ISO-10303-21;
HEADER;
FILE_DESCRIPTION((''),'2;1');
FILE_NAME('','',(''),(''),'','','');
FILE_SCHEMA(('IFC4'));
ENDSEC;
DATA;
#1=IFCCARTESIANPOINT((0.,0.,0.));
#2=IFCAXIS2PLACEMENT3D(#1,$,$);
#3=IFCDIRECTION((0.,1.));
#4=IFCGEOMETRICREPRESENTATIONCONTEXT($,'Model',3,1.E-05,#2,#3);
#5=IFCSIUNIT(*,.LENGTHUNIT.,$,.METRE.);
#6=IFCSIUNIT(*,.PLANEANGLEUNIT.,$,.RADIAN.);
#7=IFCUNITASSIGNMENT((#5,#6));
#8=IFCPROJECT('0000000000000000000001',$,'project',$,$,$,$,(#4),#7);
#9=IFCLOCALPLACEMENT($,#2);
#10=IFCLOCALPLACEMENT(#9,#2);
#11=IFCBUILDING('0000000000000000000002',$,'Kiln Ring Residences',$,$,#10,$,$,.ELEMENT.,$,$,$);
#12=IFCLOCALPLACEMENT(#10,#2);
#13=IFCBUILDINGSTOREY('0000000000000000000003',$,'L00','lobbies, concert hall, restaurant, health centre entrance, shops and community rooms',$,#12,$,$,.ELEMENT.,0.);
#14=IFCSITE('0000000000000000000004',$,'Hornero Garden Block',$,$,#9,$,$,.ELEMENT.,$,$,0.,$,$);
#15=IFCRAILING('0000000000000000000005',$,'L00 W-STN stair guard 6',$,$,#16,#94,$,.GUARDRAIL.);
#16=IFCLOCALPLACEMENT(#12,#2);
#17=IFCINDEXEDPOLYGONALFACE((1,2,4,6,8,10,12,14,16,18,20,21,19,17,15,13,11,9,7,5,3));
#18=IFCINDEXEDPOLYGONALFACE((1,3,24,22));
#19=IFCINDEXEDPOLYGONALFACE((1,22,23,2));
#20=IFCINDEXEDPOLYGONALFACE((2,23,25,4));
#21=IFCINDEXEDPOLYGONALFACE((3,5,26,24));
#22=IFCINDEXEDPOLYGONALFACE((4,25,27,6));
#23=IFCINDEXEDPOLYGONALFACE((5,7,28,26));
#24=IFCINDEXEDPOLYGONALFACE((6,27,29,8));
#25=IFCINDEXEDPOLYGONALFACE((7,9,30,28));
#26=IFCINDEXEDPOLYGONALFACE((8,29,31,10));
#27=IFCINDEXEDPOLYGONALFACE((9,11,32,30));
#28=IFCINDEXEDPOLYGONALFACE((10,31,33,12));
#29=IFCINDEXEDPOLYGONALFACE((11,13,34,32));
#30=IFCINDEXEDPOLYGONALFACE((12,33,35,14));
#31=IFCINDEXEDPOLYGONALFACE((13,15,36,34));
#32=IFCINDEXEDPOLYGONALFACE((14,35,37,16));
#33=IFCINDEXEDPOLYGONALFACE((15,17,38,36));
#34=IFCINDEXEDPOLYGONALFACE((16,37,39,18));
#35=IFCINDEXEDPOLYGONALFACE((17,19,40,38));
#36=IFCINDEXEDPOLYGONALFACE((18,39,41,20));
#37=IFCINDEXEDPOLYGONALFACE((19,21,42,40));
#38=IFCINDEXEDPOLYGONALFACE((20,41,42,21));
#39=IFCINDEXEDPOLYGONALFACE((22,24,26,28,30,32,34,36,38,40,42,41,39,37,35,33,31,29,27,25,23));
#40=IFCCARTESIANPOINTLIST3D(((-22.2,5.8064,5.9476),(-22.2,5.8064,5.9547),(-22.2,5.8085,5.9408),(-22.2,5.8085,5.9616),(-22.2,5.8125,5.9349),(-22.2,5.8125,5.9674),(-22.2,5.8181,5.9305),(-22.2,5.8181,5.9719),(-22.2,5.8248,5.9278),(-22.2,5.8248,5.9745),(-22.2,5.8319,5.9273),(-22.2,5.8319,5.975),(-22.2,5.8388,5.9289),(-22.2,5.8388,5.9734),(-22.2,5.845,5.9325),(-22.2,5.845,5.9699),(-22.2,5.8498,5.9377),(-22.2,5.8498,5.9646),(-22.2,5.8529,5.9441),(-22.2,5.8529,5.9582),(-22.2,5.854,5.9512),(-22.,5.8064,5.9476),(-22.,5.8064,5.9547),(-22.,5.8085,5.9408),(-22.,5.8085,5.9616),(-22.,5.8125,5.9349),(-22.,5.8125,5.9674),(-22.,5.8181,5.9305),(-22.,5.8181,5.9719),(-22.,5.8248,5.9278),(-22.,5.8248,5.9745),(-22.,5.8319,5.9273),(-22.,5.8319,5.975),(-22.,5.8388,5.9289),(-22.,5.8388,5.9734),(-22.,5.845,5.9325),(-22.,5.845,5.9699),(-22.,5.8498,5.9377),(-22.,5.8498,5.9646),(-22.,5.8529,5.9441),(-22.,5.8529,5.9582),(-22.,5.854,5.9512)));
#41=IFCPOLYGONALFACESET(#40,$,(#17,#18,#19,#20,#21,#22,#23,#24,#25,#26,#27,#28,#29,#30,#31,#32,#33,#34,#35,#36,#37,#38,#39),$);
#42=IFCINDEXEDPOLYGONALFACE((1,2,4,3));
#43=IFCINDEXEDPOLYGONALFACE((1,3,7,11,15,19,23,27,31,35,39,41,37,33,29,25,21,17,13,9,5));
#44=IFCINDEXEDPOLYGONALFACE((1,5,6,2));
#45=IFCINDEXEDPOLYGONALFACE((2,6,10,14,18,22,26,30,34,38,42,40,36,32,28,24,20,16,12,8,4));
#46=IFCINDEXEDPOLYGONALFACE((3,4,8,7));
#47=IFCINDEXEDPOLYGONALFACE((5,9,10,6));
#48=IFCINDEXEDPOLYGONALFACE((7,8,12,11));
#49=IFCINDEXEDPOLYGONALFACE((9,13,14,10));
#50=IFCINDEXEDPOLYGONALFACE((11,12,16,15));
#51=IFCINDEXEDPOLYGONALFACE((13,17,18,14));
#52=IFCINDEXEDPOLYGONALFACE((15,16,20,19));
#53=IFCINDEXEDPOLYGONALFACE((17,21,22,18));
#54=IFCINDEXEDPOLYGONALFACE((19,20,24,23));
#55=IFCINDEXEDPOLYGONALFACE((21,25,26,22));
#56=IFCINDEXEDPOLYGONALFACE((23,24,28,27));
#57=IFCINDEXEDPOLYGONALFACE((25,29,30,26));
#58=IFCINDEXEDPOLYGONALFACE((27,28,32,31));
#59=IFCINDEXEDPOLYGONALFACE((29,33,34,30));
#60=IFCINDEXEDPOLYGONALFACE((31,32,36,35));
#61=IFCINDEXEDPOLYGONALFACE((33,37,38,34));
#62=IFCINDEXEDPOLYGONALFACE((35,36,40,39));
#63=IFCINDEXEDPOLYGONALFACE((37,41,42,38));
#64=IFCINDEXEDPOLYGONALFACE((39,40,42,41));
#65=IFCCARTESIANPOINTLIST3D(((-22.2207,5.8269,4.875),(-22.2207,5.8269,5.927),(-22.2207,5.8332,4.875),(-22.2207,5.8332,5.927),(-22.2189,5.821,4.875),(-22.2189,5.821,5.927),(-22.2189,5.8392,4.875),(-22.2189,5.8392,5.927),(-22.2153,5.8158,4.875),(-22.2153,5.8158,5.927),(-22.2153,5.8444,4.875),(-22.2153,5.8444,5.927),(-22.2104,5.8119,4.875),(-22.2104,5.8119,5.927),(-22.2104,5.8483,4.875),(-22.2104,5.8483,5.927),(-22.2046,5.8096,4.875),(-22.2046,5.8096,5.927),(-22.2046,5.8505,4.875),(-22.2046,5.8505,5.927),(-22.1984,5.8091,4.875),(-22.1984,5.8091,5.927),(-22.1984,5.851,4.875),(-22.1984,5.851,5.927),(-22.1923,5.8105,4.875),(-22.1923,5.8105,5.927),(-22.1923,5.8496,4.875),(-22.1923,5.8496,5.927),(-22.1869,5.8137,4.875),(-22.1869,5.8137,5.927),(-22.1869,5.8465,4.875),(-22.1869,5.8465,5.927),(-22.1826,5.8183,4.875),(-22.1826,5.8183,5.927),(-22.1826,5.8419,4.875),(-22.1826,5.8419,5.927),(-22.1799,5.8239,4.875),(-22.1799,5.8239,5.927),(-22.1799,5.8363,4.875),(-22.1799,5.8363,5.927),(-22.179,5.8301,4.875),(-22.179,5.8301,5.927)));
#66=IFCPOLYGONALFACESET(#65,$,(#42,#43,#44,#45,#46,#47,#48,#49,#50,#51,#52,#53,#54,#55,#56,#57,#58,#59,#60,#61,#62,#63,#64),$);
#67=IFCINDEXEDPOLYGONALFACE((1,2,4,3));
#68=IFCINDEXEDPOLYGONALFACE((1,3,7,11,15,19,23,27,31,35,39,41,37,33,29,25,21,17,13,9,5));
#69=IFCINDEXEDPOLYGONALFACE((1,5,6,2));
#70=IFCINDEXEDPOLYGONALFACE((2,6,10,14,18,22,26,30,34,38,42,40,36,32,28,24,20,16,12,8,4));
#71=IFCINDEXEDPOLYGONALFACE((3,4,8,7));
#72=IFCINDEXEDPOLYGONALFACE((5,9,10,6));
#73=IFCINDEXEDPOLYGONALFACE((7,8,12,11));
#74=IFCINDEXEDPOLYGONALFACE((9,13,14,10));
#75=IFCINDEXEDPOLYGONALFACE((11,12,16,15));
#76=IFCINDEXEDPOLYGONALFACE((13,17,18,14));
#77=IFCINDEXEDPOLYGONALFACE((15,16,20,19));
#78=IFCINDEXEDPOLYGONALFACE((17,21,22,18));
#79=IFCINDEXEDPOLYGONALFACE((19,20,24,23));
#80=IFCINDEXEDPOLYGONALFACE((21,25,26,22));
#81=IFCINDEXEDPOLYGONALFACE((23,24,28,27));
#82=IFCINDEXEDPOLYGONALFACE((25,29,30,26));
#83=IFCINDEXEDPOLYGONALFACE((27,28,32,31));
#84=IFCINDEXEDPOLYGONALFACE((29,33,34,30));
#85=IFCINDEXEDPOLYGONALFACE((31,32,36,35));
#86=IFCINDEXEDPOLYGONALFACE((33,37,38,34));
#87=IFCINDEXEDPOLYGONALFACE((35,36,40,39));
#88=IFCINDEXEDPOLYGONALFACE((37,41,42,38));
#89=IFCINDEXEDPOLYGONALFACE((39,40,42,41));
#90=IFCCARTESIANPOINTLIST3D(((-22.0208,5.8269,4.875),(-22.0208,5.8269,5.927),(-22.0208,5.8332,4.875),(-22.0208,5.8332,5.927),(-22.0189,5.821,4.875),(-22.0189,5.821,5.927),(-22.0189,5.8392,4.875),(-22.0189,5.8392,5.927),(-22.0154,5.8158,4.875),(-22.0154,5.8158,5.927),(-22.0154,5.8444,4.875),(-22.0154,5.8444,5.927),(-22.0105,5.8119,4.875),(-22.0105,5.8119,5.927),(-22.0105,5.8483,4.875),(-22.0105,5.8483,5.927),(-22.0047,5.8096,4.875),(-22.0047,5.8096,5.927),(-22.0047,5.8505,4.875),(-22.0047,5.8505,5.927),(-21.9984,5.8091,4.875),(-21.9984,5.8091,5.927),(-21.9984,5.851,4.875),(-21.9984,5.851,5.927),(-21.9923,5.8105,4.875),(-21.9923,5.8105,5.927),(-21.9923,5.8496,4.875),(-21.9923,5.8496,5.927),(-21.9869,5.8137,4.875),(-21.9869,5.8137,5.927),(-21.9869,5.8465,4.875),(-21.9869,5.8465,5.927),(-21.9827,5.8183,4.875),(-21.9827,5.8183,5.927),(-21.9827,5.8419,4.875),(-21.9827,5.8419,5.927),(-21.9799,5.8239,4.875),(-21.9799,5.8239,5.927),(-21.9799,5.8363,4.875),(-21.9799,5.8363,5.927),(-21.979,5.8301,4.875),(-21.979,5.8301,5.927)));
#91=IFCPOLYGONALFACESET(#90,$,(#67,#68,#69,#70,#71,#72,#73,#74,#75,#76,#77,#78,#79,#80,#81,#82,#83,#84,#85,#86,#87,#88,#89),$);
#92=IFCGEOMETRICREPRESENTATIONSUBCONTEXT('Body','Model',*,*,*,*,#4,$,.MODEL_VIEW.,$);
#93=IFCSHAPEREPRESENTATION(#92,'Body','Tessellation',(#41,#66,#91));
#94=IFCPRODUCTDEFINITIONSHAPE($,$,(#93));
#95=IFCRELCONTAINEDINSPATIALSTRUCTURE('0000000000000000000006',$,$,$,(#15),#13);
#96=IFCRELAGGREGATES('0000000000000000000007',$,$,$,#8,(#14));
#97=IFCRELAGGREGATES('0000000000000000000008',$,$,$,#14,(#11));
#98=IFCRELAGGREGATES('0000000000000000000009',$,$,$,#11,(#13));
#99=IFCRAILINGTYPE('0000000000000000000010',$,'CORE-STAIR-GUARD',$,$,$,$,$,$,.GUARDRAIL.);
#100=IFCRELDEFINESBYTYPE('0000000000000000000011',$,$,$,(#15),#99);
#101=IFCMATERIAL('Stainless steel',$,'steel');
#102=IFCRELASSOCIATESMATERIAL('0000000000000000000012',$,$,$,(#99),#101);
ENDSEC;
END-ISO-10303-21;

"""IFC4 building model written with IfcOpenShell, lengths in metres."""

from ifc_helpers import new_model, si_unit, direction, frame, origin, origin_2d, place, context, subcontext, project, spatial, circle, extrude, material, type_object, element, save


model = new_model("IFC4")

# Units and contexts
model_context = context("Model", 3, precision=1e-05, world=origin(), true_north=direction((0.0, 1.0)))
body_context = subcontext(model_context, "Body", "Model", "MODEL_VIEW")
ifc_project = project(units=[si_unit("LENGTHUNIT", "METRE"), si_unit("PLANEANGLEUNIT", "RADIAN")], contexts=[model_context])

# Site, building, storey
site_placement = place(None, origin())
site = spatial("IfcSite", under=ifc_project, at=site_placement, Name="Hornero Garden Block", CompositionType="ELEMENT", RefElevation=0.0)
building_placement = place(site_placement, origin())
building = spatial("IfcBuilding", under=site, at=building_placement, Name="Kiln Ring Residences", CompositionType="ELEMENT")
storey_placement = place(building_placement, origin())
storey = spatial("IfcBuildingStorey", under=building, at=storey_placement, Name="L00", Description="lobbies, concert hall, restaurant, health centre entrance, shops and community rooms", CompositionType="ELEMENT", Elevation=0.0)

# Railing
ifc_material_1 = material(Name="Stainless steel", Category="steel")
railing_type_1 = type_object("IfcRailingType", Name="CORE-STAIR-GUARD", PredefinedType="GUARDRAIL", material=ifc_material_1)
railing_1_placement = place(storey_placement, frame((-22.2, 5.8301, 4.875)))
element("IfcRailing", 1, at=railing_1_placement, inside=storey, type_object=railing_type_1, Name="L00 W-STN stair guard 6", PredefinedType="GUARDRAIL", context=body_context, shape_type="SweptSolid", body=[
    extrude(circle(Radius=0.0239, at=origin_2d()), frame((0.0, 0.0, 1.0762), z_axis=(1.0, 0.0, 0.0), x_axis=(0.0, 1.0, 0.0)), (0.0, 0.0, 1.0), 0.2),
    extrude(circle(Radius=0.021, at=origin_2d()), origin(), (0.0, 0.0, 1.0), 1.052),
    extrude(circle(Radius=0.021, at=origin_2d()), frame((0.2, 0.0, 0.0)), (0.0, 0.0, 1.0), 1.052),
])

save(model, "model.ifc")
